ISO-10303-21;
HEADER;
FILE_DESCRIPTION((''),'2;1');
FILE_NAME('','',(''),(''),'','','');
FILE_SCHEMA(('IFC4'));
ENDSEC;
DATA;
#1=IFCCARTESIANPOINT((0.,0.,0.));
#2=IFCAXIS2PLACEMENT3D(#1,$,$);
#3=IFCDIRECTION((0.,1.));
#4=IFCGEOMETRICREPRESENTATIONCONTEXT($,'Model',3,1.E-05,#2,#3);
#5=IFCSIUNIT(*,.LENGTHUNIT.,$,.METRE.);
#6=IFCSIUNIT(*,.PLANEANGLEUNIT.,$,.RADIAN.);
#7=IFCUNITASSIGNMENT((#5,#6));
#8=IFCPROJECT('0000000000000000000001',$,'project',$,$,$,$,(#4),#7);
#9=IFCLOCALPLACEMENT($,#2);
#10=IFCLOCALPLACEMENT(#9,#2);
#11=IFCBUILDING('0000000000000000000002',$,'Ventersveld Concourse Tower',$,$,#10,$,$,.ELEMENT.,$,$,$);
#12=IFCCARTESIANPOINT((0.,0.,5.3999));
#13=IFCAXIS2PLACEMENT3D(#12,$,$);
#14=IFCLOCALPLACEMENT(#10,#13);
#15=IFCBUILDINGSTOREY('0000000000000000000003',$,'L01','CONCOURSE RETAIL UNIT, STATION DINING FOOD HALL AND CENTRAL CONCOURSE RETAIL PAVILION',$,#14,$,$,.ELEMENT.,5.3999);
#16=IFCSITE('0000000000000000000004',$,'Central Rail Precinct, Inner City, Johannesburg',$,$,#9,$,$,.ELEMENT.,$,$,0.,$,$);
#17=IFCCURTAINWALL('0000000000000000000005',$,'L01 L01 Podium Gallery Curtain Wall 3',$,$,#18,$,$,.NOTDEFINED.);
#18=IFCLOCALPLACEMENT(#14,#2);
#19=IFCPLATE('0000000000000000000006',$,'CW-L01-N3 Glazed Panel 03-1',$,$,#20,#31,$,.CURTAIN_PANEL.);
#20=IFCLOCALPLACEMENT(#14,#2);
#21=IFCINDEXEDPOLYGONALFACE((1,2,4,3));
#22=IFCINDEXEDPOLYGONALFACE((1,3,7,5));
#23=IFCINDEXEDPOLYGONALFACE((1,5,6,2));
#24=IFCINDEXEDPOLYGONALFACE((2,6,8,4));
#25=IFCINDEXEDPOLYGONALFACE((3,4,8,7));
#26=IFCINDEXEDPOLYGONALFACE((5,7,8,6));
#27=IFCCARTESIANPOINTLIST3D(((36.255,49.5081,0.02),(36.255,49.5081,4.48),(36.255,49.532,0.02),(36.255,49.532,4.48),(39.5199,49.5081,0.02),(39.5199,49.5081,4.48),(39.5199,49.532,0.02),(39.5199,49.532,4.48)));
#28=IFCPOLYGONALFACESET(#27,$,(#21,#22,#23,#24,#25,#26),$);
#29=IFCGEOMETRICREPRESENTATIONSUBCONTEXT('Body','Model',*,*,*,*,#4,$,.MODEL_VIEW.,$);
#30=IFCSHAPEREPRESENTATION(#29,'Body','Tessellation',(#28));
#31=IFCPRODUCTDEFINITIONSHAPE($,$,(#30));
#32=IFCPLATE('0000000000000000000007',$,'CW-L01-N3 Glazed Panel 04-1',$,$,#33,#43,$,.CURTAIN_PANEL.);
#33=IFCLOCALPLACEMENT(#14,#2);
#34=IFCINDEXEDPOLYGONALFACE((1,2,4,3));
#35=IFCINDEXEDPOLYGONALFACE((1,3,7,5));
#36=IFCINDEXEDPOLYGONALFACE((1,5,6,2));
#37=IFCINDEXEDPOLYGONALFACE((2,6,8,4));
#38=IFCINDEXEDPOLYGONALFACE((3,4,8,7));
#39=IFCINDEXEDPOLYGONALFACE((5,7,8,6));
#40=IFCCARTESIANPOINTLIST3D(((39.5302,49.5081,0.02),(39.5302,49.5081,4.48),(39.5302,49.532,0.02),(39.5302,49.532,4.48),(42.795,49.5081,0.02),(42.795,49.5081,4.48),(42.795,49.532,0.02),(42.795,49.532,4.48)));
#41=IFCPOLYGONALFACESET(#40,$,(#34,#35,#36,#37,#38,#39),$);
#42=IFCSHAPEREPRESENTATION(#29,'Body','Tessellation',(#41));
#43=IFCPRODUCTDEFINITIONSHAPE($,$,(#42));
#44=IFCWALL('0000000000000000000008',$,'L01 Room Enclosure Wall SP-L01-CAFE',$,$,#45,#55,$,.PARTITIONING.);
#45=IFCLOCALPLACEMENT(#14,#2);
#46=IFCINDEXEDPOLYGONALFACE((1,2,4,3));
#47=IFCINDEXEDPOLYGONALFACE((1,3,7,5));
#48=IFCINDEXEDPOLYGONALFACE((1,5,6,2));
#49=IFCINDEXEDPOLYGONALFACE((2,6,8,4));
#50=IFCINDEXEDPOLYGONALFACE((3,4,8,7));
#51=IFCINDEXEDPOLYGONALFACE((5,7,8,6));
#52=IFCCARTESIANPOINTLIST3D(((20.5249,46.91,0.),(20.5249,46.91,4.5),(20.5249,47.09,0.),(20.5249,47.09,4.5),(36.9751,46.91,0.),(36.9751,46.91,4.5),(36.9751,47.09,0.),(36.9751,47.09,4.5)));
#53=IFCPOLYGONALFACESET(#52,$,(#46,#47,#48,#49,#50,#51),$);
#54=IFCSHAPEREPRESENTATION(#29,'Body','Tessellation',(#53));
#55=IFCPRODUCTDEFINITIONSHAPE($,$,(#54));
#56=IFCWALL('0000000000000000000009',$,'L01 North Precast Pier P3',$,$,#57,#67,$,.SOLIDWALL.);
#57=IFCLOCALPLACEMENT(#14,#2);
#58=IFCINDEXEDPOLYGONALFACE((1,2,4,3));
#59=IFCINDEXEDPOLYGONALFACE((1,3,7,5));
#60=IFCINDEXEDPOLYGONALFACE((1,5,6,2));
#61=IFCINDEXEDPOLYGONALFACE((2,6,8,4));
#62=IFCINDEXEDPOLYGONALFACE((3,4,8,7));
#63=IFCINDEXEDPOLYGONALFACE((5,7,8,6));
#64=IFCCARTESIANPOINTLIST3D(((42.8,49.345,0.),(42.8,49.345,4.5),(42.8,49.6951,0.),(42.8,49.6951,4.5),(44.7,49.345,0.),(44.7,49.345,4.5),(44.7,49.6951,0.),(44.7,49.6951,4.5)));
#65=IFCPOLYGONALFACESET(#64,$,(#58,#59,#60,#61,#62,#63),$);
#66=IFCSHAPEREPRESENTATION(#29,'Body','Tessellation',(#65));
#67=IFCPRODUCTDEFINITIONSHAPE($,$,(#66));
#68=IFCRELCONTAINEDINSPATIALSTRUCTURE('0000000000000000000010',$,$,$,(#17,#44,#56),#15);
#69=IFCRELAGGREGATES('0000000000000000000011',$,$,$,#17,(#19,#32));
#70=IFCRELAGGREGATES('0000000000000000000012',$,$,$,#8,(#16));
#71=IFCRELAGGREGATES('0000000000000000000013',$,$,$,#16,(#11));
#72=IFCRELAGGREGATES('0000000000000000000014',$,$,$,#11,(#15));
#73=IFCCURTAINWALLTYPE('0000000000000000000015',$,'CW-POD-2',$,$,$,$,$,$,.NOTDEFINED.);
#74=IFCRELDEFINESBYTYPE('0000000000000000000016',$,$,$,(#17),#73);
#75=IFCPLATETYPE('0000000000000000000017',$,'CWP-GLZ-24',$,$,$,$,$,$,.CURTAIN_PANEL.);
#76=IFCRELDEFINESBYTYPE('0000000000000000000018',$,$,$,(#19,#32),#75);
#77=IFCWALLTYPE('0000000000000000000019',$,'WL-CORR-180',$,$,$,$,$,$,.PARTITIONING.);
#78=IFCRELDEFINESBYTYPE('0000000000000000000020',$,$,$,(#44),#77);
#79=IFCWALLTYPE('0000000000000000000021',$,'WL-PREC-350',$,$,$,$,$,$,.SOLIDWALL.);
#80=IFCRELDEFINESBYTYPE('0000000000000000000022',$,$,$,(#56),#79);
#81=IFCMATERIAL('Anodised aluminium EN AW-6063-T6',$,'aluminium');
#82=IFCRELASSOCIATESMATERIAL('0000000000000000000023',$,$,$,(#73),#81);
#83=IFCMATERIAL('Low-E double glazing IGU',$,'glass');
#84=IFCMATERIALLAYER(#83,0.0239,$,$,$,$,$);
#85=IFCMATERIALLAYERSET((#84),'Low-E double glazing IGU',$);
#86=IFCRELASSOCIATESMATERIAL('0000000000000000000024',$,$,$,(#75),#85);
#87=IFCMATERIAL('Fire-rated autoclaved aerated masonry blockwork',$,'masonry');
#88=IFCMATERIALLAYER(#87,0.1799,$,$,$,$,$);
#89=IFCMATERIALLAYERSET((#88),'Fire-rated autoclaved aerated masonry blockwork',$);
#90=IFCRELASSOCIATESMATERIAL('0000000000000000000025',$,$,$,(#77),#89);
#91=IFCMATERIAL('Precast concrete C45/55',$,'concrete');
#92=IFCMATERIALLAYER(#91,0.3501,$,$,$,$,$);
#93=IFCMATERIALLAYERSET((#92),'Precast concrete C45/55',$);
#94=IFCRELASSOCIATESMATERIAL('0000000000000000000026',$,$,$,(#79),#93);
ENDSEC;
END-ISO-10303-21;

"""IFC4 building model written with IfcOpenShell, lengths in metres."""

from ifc_helpers import new_model, si_unit, direction, frame, frame_2d, origin, origin_2d, place, context, subcontext, project, spatial, rectangle, extrude, material, layer, layer_set, type_object, element, aggregate, save


model = new_model("IFC4")

# Units and contexts
model_context = context("Model", 3, precision=1e-05, world=origin(), true_north=direction((0.0, 1.0)))
body_context = subcontext(model_context, "Body", "Model", "MODEL_VIEW")
ifc_project = project(units=[si_unit("LENGTHUNIT", "METRE"), si_unit("PLANEANGLEUNIT", "RADIAN")], contexts=[model_context])

# Site, building, storey
site_placement = place(None, origin())
site = spatial("IfcSite", under=ifc_project, at=site_placement, Name="Central Rail Precinct, Inner City, Johannesburg", CompositionType="ELEMENT", RefElevation=0.0)
building_placement = place(site_placement, origin())
building = spatial("IfcBuilding", under=site, at=building_placement, Name="Ventersveld Concourse Tower", CompositionType="ELEMENT")
storey_placement = place(building_placement, frame((0.0, 0.0, 5.3999)))
storey = spatial("IfcBuildingStorey", under=building, at=storey_placement, Name="L01", Description="CONCOURSE RETAIL UNIT, STATION DINING FOOD HALL AND CENTRAL CONCOURSE RETAIL PAVILION", CompositionType="ELEMENT", Elevation=5.3999)

# Curtain wall
ifc_material_1 = material(Name="Anodised aluminium EN AW-6063-T6", Category="aluminium")
curtain_wall_type = type_object("IfcCurtainWallType", Name="CW-POD-2", PredefinedType="NOTDEFINED", material=ifc_material_1)
curtain_wall_placement = place(storey_placement, origin())
curtain_wall = element("IfcCurtainWall", 1, at=curtain_wall_placement, inside=storey, type_object=curtain_wall_type, Name="L01 L01 Podium Gallery Curtain Wall 3", PredefinedType="NOTDEFINED")

# Plates
ifc_material_2 = material(Name="Low-E double glazing IGU", Category="glass")
ifc_layer_1 = layer(ifc_material_2, 0.0239)
ifc_layer_set_1 = layer_set([ifc_layer_1], Name="Low-E double glazing IGU")
plate_type = type_object("IfcPlateType", Name="CWP-GLZ-24", PredefinedType="CURTAIN_PANEL", material=ifc_layer_set_1)
plate_1_placement = place(storey_placement, frame((37.8875, 49.52, 0.02), z_axis=(0.0, 0.0, 1.0), x_axis=(1.0, 0.0, 0.0)))
plate_1 = element("IfcPlate", 2, at=plate_1_placement, type_object=plate_type, Name="CW-L01-N3 Glazed Panel 03-1", PredefinedType="CURTAIN_PANEL", context=body_context, shape_type="SweptSolid", body=[
    extrude(rectangle(XDim=3.2649, YDim=0.0239, at=origin_2d()), origin(), (0.0, 0.0, 1.0), 4.46),
])
plate_2_placement = place(storey_placement, frame((41.1626, 49.52, 0.02), z_axis=(0.0, 0.0, 1.0), x_axis=(1.0, 0.0, 0.0)))
plate_2 = element("IfcPlate", 3, at=plate_2_placement, type_object=plate_type, Name="CW-L01-N3 Glazed Panel 04-1", PredefinedType="CURTAIN_PANEL", context=body_context, shape_type="SweptSolid", body=[
    extrude(rectangle(XDim=3.2649, YDim=0.0239, at=origin_2d()), origin(), (0.0, 0.0, 1.0), 4.46),
])
aggregate(curtain_wall, [plate_1, plate_2])

# Walls
ifc_material_3 = material(Name="Fire-rated autoclaved aerated masonry blockwork", Category="masonry")
ifc_layer_2 = layer(ifc_material_3, 0.1799)
ifc_layer_set_2 = layer_set([ifc_layer_2], Name="Fire-rated autoclaved aerated masonry blockwork")
wall_type_1 = type_object("IfcWallType", Name="WL-CORR-180", PredefinedType="PARTITIONING", material=ifc_layer_set_2)
wall_1_placement = place(storey_placement, frame((36.9751, 47.0, 0.0), z_axis=(0.0, 0.0, 1.0), x_axis=(-1.0, 0.0, 0.0)))
element("IfcWall", 4, at=wall_1_placement, inside=storey, type_object=wall_type_1, Name="L01 Room Enclosure Wall SP-L01-CAFE", PredefinedType="PARTITIONING", context=body_context, shape_type="SweptSolid", body=[
    extrude(rectangle(XDim=16.4502, YDim=0.1799, at=frame_2d((8.2251, 0.0))), origin(), (0.0, 0.0, 1.0), 4.5),
])
ifc_material_4 = material(Name="Precast concrete C45/55", Category="concrete")
ifc_layer_3 = layer(ifc_material_4, 0.3501)
ifc_layer_set_3 = layer_set([ifc_layer_3], Name="Precast concrete C45/55")
wall_type_2 = type_object("IfcWallType", Name="WL-PREC-350", PredefinedType="SOLIDWALL", material=ifc_layer_set_3)
wall_2_placement = place(storey_placement, frame((42.8, 49.52, 0.0), z_axis=(0.0, 0.0, 1.0), x_axis=(1.0, 0.0, 0.0)))
element("IfcWall", 5, at=wall_2_placement, inside=storey, type_object=wall_type_2, Name="L01 North Precast Pier P3", PredefinedType="SOLIDWALL", context=body_context, shape_type="SweptSolid", body=[
    extrude(rectangle(XDim=1.8999, YDim=0.3501, at=frame_2d((0.95, 0.0))), origin(), (0.0, 0.0, 1.0), 4.5),
])

save(model, "model.ifc")
